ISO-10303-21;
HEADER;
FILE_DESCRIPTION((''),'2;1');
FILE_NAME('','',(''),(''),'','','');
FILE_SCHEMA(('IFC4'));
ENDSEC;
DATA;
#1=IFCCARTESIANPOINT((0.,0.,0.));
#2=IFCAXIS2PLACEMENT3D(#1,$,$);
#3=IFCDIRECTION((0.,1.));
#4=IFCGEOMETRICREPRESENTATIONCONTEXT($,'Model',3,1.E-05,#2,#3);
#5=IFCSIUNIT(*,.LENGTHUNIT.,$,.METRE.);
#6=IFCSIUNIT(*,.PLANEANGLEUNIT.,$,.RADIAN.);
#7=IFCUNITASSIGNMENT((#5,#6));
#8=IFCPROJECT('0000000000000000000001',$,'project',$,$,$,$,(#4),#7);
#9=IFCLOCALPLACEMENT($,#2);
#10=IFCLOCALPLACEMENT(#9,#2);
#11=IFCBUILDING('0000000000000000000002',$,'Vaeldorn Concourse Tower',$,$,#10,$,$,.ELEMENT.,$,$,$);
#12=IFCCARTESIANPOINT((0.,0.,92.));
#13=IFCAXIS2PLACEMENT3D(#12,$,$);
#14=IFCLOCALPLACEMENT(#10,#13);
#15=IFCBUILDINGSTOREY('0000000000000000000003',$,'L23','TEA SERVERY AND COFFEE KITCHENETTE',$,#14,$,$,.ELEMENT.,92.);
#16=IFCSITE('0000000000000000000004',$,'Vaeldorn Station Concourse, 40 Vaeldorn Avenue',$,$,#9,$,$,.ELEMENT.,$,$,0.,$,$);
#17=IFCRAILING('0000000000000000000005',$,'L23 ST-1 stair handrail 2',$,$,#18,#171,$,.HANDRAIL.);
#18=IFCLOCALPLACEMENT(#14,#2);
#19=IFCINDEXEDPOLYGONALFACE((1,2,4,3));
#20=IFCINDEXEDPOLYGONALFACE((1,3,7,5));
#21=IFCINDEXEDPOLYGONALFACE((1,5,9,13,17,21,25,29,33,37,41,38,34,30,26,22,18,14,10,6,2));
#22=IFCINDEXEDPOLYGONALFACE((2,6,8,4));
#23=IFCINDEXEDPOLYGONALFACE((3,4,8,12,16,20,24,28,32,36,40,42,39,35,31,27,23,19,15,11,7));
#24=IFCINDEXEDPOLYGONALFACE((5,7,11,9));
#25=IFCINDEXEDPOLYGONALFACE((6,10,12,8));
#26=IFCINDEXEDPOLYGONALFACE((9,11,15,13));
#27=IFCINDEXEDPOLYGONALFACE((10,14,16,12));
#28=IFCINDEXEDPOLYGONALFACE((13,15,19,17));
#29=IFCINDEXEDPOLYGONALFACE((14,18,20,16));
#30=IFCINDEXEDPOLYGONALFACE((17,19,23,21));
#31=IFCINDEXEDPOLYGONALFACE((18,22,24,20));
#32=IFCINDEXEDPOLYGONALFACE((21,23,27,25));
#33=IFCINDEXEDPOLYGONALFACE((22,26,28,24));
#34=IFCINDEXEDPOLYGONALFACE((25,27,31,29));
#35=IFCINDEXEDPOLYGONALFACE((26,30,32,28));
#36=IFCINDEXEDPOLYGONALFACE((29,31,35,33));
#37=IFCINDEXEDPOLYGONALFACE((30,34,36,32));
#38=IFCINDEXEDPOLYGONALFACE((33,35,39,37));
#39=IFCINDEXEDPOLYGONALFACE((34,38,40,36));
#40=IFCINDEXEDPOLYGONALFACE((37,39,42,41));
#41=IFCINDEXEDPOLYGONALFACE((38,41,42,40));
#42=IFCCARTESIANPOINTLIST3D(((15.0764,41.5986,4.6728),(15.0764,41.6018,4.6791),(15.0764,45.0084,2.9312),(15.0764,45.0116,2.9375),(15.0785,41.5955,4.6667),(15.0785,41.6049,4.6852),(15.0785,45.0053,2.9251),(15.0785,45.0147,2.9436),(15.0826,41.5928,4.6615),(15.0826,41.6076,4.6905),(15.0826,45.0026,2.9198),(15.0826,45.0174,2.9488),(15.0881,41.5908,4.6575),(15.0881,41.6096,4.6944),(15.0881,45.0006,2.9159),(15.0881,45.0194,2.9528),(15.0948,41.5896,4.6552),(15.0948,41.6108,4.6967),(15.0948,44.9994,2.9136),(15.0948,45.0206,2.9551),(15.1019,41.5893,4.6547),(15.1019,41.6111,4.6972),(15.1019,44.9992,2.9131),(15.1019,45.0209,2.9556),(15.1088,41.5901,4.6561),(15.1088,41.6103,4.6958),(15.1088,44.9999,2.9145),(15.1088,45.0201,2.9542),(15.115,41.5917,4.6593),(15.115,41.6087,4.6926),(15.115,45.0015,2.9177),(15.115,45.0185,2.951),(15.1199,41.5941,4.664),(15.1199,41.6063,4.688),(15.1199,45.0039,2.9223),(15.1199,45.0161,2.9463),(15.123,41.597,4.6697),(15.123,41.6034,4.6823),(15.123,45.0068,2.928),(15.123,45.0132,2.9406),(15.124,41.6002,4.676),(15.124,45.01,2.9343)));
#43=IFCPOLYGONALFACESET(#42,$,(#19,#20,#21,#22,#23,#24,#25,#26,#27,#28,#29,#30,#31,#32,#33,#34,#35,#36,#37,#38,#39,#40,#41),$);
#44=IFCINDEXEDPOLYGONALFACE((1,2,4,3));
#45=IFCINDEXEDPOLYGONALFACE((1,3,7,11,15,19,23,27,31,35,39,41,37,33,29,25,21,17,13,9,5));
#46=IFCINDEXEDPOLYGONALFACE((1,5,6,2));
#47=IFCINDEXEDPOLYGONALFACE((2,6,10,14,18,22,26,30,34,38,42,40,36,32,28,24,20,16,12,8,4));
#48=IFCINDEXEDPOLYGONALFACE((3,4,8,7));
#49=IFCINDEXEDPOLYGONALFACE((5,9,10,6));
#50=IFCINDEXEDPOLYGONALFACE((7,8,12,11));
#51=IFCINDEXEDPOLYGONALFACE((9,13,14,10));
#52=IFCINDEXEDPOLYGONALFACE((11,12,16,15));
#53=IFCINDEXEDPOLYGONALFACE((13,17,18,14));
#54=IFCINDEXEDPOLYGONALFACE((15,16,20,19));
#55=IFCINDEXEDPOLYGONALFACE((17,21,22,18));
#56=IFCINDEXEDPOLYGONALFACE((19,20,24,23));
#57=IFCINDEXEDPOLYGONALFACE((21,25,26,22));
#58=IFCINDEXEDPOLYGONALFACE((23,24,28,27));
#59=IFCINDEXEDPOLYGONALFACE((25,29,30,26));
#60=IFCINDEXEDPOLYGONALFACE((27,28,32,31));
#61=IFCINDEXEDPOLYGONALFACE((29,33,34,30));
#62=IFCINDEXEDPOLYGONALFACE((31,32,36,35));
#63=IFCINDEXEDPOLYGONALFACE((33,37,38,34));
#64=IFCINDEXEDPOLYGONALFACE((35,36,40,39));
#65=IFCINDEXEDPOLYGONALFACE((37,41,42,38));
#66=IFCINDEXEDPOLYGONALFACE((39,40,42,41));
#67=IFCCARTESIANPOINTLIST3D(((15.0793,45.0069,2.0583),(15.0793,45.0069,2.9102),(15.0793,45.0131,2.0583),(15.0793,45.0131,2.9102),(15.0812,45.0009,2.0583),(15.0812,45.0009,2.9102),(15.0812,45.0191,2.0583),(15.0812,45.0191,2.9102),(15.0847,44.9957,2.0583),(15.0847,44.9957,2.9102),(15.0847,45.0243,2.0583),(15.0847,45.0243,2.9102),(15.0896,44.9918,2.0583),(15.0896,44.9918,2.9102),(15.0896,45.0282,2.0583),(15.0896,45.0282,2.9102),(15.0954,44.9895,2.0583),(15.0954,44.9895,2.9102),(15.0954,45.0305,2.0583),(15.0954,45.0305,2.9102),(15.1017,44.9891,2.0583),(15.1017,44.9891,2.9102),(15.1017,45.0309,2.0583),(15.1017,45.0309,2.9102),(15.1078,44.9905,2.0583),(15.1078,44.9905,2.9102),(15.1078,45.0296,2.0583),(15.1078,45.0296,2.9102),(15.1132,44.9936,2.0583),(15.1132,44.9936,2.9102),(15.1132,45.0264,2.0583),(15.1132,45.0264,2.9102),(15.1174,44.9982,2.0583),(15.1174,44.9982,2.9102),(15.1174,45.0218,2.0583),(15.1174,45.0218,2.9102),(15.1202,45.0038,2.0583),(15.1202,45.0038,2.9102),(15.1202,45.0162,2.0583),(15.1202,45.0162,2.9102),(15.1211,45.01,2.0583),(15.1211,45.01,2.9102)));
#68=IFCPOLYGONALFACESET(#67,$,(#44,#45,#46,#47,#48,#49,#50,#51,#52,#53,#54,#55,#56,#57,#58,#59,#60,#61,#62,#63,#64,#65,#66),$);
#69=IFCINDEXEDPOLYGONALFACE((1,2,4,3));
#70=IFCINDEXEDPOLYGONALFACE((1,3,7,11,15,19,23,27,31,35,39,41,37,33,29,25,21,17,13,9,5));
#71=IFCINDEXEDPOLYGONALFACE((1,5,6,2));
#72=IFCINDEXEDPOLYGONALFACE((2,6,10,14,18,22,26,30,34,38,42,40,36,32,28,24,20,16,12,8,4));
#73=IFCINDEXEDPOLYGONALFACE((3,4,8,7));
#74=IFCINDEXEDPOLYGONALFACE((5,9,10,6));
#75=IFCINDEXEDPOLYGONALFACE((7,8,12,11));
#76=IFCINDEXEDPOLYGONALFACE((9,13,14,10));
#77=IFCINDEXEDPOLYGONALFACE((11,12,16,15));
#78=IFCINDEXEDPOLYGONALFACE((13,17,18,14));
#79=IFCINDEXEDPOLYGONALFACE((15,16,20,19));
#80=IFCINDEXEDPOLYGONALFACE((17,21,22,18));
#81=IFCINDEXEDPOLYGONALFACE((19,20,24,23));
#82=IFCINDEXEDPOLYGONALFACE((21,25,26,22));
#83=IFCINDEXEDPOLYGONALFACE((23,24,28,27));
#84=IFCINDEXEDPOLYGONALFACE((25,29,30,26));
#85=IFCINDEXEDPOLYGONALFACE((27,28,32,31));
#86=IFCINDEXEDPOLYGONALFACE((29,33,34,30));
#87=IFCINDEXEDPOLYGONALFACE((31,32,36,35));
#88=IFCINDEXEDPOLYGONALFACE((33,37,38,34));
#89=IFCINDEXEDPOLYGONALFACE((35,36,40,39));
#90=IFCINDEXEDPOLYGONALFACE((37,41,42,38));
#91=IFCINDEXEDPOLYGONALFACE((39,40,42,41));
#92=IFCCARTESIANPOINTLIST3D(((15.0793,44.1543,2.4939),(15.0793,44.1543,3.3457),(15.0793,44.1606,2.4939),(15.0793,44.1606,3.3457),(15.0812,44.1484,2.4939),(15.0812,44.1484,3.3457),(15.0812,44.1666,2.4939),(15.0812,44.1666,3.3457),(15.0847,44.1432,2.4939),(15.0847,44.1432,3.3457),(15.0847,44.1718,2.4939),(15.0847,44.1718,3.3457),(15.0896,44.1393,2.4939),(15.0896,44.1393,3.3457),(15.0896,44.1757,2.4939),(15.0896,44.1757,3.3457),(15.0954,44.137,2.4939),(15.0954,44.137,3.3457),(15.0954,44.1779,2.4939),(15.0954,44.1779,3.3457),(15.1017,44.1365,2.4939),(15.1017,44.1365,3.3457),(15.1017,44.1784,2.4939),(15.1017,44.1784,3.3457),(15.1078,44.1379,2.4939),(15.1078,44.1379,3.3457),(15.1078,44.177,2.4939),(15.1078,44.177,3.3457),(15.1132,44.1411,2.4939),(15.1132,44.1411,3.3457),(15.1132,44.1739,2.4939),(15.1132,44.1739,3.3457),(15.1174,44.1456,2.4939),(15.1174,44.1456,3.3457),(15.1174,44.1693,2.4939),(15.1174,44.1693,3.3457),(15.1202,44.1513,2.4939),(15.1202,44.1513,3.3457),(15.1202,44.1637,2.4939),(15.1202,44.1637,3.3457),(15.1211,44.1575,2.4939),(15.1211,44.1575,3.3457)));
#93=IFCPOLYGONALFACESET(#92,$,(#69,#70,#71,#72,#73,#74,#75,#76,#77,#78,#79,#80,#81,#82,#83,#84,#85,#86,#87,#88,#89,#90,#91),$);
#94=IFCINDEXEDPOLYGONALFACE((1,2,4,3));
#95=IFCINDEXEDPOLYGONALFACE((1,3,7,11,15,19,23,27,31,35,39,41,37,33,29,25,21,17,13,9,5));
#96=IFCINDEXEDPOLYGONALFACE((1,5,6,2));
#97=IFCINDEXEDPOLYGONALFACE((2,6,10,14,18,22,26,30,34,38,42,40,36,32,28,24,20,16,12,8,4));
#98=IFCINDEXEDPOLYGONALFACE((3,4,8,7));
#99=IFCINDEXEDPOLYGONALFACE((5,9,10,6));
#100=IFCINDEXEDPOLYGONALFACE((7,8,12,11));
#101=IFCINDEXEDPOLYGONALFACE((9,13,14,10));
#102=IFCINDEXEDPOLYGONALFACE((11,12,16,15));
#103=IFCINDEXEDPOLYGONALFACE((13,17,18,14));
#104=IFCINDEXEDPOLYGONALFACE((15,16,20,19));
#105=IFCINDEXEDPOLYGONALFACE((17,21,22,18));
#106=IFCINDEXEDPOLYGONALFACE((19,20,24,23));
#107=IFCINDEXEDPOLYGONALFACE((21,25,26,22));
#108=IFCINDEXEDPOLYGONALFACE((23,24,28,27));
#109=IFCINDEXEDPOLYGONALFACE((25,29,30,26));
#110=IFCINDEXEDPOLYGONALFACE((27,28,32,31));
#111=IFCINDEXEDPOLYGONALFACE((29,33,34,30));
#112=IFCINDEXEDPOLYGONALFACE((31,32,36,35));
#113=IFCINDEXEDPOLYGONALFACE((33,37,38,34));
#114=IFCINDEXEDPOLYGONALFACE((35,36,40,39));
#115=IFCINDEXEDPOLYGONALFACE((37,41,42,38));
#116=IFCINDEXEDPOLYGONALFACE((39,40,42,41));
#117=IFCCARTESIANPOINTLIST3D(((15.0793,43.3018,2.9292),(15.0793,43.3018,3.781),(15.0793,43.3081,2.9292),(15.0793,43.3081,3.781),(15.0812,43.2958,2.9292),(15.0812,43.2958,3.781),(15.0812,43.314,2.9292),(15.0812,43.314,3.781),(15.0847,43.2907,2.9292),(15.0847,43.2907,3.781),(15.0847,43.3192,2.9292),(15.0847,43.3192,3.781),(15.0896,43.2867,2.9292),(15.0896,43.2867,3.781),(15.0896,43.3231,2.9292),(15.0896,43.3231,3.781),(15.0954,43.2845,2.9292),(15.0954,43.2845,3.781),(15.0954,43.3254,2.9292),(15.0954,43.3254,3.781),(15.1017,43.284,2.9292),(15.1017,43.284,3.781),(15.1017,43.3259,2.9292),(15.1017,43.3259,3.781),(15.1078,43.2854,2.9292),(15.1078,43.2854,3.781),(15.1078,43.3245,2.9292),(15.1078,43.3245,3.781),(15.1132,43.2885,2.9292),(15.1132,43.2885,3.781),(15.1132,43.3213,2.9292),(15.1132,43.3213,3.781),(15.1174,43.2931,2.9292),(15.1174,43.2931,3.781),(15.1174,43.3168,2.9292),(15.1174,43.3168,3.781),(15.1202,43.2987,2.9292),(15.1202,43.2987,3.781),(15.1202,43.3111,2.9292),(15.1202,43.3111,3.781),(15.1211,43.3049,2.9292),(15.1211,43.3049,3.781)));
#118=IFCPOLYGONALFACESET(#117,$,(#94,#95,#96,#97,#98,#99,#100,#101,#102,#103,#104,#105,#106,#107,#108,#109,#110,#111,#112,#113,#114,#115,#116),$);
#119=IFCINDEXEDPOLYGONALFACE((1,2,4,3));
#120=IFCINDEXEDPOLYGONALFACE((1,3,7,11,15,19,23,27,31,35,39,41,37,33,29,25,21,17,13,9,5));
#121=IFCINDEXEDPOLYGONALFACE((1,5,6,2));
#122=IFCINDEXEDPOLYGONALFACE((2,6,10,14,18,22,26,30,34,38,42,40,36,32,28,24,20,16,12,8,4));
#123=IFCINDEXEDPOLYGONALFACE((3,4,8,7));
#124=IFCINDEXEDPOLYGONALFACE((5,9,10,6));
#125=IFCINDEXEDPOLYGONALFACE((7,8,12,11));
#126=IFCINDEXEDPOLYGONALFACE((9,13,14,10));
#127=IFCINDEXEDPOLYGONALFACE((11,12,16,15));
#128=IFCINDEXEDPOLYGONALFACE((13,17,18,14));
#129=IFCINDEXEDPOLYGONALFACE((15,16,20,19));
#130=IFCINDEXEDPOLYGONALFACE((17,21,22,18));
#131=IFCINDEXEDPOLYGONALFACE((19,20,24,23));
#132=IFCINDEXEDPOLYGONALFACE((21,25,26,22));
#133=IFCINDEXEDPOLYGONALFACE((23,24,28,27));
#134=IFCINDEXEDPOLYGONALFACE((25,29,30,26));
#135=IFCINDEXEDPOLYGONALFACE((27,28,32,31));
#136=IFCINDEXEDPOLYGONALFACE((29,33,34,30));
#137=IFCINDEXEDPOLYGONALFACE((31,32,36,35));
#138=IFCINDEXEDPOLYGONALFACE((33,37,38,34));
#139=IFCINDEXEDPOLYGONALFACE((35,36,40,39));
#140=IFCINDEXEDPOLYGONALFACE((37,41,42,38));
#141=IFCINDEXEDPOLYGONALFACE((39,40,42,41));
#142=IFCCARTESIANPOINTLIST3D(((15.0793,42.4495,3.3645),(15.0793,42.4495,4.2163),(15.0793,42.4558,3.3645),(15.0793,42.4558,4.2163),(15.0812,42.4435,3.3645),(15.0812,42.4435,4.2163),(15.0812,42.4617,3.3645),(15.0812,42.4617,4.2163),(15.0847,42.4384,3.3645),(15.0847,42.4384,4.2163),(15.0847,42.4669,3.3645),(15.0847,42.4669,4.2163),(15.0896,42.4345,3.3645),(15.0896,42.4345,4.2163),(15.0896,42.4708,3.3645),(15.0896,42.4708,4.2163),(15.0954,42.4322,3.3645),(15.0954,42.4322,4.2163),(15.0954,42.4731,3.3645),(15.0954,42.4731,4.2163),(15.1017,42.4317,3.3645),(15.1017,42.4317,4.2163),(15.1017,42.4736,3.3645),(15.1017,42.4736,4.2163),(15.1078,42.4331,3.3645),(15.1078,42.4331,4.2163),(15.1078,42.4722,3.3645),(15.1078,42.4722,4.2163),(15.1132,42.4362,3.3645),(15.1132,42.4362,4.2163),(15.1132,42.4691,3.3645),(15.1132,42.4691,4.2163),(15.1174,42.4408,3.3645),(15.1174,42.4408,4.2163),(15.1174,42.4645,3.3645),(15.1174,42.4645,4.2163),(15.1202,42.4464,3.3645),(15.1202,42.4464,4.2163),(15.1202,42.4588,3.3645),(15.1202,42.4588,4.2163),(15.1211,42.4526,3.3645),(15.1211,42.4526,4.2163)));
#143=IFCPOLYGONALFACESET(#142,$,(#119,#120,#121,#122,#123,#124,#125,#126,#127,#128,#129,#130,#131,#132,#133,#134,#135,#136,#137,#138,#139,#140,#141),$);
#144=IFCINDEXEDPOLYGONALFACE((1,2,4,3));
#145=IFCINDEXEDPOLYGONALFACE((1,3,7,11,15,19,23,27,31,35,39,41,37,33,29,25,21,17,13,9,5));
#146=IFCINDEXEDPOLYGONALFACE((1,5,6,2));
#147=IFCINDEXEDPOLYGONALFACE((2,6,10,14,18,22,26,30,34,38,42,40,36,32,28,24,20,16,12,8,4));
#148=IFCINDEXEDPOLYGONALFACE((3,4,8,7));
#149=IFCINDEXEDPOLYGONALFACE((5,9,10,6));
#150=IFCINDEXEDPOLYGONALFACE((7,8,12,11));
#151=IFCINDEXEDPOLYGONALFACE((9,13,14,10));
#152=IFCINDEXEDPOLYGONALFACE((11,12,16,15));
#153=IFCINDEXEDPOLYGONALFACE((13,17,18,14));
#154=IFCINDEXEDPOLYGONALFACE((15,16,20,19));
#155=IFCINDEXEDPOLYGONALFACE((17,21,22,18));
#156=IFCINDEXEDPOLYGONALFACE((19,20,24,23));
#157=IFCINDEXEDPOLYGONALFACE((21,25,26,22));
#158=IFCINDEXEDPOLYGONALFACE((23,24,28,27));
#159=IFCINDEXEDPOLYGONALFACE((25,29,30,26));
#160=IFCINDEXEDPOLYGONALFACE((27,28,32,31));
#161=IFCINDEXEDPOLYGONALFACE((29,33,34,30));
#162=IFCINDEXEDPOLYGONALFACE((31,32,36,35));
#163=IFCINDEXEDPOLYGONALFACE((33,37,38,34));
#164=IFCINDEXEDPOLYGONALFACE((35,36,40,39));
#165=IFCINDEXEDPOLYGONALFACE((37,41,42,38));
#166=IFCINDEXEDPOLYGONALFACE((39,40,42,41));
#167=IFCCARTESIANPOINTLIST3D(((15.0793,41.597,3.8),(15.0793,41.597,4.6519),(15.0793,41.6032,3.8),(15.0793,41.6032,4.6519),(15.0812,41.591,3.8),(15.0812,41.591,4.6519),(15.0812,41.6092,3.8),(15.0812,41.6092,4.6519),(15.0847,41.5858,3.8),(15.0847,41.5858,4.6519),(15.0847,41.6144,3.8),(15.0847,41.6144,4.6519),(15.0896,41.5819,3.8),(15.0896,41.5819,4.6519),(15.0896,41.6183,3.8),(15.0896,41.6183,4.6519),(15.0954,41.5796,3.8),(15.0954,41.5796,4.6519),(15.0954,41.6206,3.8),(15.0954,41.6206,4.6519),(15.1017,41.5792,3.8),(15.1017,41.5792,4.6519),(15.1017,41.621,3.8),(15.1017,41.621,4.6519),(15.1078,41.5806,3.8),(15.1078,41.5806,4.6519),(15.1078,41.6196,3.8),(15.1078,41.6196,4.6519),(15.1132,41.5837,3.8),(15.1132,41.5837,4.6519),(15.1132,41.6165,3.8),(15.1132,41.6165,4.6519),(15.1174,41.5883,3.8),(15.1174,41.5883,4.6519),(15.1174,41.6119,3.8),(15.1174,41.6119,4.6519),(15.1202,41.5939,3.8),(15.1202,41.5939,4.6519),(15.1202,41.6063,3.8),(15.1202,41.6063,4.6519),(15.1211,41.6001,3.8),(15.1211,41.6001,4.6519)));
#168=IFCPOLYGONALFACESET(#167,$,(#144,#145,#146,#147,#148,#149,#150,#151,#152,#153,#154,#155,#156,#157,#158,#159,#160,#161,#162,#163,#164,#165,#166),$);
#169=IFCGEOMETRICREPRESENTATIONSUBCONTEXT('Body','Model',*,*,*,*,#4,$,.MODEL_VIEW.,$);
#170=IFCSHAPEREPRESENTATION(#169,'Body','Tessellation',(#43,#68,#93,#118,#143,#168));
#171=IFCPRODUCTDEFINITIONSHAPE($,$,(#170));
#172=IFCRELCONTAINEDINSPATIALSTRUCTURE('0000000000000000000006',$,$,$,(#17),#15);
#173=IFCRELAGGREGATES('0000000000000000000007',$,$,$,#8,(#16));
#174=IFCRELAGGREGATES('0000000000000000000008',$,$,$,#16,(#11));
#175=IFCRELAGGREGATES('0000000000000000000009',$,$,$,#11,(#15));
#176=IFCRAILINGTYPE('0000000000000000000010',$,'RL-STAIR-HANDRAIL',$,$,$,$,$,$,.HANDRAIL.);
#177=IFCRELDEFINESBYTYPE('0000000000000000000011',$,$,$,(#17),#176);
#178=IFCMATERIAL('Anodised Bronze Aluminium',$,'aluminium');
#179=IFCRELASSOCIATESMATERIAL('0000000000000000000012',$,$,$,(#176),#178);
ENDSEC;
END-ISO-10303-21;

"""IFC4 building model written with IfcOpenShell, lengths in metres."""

from ifc_helpers import new_model, si_unit, direction, frame, origin, origin_2d, place, context, subcontext, project, spatial, circle, extrude, material, type_object, element, save


model = new_model("IFC4")

# Units and contexts
model_context = context("Model", 3, precision=1e-05, world=origin(), true_north=direction((0.0, 1.0)))
body_context = subcontext(model_context, "Body", "Model", "MODEL_VIEW")
ifc_project = project(units=[si_unit("LENGTHUNIT", "METRE"), si_unit("PLANEANGLEUNIT", "RADIAN")], contexts=[model_context])

# Site, building, storey
site_placement = place(None, origin())
site = spatial("IfcSite", under=ifc_project, at=site_placement, Name="Vaeldorn Station Concourse, 40 Vaeldorn Avenue", CompositionType="ELEMENT", RefElevation=0.0)
building_placement = place(site_placement, origin())
building = spatial("IfcBuilding", under=site, at=building_placement, Name="Vaeldorn Concourse Tower", CompositionType="ELEMENT")
storey_placement = place(building_placement, frame((0.0, 0.0, 92.0)))
storey = spatial("IfcBuildingStorey", under=building, at=storey_placement, Name="L23", Description="TEA SERVERY AND COFFEE KITCHENETTE", CompositionType="ELEMENT", Elevation=92.0)

# Shared definitions
ifc_material_1 = material(Name="Anodised Bronze Aluminium", Category="aluminium")

# Railing
railing_type_1 = type_object("IfcRailingType", Name="RL-STAIR-HANDRAIL", PredefinedType="HANDRAIL", material=ifc_material_1)
railing_1_placement = place(storey_placement, frame((15.1001, 45.01, 2.0583)))
element("IfcRailing", 1, at=railing_1_placement, inside=storey, type_object=railing_type_1, Name="L23 ST-1 stair handrail 2", PredefinedType="HANDRAIL", context=body_context, shape_type="SweptSolid", body=[
    extrude(circle(Radius=0.0239, at=origin_2d()), frame((0.0, 0.0, 0.876), z_axis=(0.0, -0.890556, 0.454874), x_axis=(1.0, 0.0, 0.0)), (0.0, 0.0, 1.0), 3.8289),
    extrude(circle(Radius=0.021, at=origin_2d()), origin(), (0.0, 0.0, 1.0), 0.8518),
    extrude(circle(Radius=0.021, at=origin_2d()), frame((0.0, -0.8525, 0.4355)), (0.0, 0.0, 1.0), 0.8518),
    extrude(circle(Radius=0.021, at=origin_2d()), frame((0.0, -1.7051, 0.8708)), (0.0, 0.0, 1.0), 0.8518),
    extrude(circle(Radius=0.021, at=origin_2d()), frame((0.0, -2.5574, 1.3062)), (0.0, 0.0, 1.0), 0.8518),
    extrude(circle(Radius=0.021, at=origin_2d()), frame((0.0, -3.4099, 1.7417)), (0.0, 0.0, 1.0), 0.8518),
])

save(model, "model.ifc")
